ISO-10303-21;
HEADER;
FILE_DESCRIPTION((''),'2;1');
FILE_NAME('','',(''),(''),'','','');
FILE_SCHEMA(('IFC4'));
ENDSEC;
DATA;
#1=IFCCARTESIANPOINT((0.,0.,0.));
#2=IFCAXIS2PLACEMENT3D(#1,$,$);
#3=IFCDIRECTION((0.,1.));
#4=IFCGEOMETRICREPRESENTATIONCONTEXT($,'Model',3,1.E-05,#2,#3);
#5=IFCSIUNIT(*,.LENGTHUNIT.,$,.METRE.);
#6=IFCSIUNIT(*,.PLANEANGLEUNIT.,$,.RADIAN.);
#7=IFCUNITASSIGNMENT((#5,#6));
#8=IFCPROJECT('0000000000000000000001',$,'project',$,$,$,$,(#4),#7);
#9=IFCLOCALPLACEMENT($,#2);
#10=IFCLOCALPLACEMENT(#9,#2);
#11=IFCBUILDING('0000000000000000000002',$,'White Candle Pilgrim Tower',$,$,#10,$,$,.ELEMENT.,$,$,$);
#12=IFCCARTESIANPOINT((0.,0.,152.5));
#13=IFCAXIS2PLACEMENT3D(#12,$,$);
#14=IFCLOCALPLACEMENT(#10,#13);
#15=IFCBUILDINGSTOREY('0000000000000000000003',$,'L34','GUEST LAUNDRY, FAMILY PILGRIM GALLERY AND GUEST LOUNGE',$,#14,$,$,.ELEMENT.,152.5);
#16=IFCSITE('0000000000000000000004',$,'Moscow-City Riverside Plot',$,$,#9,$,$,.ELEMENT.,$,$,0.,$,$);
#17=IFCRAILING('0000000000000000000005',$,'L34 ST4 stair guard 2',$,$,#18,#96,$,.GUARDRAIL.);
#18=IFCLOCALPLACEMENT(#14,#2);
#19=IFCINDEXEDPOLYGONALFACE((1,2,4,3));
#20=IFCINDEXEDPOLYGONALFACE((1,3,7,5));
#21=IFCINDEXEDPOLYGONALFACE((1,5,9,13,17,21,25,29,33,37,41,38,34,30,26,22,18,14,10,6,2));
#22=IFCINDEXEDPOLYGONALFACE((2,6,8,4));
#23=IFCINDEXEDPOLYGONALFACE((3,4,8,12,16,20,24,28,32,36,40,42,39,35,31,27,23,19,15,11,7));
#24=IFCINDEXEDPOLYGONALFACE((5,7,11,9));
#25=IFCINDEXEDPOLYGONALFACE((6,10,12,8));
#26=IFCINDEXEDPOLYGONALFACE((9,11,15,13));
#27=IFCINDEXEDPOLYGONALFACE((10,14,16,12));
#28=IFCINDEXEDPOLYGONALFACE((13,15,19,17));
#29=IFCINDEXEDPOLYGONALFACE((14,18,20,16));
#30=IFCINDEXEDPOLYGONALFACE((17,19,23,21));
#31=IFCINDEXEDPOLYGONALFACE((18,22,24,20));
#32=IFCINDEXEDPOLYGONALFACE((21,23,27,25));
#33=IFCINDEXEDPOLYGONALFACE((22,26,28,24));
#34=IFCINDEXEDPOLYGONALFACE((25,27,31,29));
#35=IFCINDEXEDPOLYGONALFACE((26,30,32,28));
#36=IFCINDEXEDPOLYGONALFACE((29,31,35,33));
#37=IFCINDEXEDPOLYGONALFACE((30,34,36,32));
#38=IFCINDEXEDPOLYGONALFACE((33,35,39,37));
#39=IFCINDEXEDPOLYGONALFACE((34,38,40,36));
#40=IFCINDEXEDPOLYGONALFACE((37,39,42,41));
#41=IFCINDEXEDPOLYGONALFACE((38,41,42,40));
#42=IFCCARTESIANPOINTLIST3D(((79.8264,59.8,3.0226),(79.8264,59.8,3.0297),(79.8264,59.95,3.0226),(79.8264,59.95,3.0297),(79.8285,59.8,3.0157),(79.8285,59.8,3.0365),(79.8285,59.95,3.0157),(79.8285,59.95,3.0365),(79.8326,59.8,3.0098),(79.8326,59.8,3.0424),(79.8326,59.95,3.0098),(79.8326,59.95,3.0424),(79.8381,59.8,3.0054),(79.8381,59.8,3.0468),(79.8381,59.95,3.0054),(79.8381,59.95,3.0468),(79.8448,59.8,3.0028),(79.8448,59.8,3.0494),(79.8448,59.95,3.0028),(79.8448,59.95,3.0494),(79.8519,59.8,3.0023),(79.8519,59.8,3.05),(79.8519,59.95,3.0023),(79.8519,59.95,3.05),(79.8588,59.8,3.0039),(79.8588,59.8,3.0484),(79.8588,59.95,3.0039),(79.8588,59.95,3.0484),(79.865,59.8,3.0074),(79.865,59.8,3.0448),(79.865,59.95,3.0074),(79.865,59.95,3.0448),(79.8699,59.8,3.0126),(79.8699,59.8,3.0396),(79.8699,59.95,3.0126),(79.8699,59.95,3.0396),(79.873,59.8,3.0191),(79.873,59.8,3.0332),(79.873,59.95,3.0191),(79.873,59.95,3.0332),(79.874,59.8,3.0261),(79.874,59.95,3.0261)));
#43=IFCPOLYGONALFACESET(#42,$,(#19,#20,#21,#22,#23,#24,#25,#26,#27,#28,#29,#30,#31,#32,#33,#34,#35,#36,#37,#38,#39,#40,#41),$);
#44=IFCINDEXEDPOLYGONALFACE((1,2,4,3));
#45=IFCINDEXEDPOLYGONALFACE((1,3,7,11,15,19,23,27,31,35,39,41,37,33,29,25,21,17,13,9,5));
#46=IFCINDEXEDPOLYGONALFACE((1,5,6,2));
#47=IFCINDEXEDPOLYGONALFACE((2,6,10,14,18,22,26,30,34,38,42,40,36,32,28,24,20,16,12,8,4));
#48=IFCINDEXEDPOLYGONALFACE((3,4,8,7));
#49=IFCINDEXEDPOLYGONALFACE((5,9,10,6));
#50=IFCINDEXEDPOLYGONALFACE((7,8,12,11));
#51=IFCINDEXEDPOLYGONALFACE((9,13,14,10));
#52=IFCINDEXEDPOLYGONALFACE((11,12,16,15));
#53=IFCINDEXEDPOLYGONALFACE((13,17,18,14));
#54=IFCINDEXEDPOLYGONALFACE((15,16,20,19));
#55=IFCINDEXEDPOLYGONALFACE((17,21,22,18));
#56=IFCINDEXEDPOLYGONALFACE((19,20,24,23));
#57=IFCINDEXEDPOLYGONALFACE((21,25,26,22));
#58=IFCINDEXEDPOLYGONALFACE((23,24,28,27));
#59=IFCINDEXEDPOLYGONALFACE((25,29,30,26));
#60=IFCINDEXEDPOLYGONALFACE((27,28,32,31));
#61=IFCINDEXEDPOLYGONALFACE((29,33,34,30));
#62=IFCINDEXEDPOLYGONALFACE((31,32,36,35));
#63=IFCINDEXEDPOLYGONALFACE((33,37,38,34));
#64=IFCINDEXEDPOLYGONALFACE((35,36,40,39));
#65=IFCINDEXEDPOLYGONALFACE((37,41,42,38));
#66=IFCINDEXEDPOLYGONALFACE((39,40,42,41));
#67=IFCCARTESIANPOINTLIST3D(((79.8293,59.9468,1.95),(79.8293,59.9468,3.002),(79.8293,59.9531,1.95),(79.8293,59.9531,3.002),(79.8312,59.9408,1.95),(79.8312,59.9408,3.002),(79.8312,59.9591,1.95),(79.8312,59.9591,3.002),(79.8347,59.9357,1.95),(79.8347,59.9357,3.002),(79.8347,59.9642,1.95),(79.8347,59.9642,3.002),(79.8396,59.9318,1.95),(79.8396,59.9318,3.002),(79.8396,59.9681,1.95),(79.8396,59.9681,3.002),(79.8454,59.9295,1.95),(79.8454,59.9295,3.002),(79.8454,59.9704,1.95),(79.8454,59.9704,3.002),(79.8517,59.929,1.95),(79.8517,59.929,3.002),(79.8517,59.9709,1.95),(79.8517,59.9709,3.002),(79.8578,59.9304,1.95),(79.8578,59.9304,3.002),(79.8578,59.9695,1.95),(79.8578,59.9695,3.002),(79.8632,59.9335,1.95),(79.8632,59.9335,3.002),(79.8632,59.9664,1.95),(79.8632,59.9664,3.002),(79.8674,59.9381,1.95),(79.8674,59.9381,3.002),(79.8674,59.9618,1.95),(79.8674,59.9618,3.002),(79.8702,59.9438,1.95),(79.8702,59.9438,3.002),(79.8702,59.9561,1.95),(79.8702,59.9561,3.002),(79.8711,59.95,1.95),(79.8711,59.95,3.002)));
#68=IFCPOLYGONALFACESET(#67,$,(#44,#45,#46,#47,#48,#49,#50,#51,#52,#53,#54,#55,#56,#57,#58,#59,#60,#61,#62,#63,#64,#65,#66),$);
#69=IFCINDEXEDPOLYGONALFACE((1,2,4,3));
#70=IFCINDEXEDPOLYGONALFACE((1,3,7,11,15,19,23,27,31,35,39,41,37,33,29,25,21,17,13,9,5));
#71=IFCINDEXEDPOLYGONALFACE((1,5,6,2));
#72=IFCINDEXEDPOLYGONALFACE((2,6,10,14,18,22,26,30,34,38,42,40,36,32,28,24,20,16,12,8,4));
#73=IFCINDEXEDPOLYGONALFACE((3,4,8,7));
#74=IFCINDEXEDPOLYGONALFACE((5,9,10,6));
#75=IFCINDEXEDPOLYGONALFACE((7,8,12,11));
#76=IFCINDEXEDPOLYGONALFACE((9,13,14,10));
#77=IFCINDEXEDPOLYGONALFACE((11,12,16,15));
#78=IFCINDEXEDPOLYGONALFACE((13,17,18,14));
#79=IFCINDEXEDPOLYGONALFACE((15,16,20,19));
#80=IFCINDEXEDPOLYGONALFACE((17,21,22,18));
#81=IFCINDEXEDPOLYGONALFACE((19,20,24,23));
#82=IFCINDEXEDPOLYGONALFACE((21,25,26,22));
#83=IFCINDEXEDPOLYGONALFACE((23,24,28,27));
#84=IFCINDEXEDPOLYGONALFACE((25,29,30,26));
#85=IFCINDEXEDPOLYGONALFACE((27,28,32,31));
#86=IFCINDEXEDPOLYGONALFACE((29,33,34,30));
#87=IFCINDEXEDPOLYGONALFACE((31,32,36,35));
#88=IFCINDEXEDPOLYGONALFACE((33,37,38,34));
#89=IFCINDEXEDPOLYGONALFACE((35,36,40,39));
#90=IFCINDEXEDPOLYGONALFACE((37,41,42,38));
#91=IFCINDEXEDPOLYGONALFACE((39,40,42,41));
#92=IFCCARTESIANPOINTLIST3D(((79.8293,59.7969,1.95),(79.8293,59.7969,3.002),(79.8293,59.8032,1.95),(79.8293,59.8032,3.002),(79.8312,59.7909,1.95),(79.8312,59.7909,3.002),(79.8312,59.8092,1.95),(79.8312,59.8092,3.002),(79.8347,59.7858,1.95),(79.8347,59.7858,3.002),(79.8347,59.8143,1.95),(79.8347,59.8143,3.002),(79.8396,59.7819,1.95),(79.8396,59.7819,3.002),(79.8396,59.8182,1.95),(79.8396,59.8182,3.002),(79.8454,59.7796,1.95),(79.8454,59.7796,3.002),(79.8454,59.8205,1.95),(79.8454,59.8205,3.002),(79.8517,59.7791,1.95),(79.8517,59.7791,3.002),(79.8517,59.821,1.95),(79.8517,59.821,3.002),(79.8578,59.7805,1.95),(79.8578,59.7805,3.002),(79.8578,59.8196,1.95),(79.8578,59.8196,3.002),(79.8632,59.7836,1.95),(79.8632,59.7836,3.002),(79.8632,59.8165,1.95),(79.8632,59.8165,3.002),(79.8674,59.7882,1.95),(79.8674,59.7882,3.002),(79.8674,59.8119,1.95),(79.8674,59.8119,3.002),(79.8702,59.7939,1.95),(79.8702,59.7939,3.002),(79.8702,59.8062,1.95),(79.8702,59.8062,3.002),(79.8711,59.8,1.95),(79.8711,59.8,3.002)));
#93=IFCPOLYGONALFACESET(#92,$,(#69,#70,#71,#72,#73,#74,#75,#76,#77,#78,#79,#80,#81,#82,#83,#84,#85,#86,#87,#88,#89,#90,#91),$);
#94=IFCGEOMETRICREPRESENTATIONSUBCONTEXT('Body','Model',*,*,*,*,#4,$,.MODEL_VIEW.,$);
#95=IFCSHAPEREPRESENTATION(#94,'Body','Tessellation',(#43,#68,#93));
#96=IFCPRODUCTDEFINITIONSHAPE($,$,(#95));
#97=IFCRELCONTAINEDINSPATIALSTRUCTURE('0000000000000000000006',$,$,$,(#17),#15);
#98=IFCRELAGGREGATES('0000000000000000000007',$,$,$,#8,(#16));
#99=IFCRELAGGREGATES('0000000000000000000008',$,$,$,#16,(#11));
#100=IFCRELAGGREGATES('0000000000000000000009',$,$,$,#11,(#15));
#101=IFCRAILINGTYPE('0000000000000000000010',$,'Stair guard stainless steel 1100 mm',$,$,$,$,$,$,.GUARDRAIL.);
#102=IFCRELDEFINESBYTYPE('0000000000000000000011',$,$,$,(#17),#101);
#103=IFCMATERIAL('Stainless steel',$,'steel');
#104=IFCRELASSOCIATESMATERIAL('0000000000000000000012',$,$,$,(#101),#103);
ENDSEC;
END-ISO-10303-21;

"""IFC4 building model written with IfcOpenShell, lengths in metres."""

from ifc_helpers import new_model, si_unit, direction, frame, origin, origin_2d, place, context, subcontext, project, spatial, circle, extrude, material, type_object, element, save


model = new_model("IFC4")

# Units and contexts
model_context = context("Model", 3, precision=1e-05, world=origin(), true_north=direction((0.0, 1.0)))
body_context = subcontext(model_context, "Body", "Model", "MODEL_VIEW")
ifc_project = project(units=[si_unit("LENGTHUNIT", "METRE"), si_unit("PLANEANGLEUNIT", "RADIAN")], contexts=[model_context])

# Site, building, storey
site_placement = place(None, origin())
site = spatial("IfcSite", under=ifc_project, at=site_placement, Name="Moscow-City Riverside Plot", CompositionType="ELEMENT", RefElevation=0.0)
building_placement = place(site_placement, origin())
building = spatial("IfcBuilding", under=site, at=building_placement, Name="White Candle Pilgrim Tower", CompositionType="ELEMENT")
storey_placement = place(building_placement, frame((0.0, 0.0, 152.5)))
storey = spatial("IfcBuildingStorey", under=building, at=storey_placement, Name="L34", Description="GUEST LAUNDRY, FAMILY PILGRIM GALLERY AND GUEST LOUNGE", CompositionType="ELEMENT", Elevation=152.5)

# Railing
ifc_material_1 = material(Name="Stainless steel", Category="steel")
railing_type_1 = type_object("IfcRailingType", Name="Stair guard stainless steel 1100 mm", PredefinedType="GUARDRAIL", material=ifc_material_1)
railing_1_placement = place(storey_placement, frame((79.8501, 59.95, 1.95)))
element("IfcRailing", 1, at=railing_1_placement, inside=storey, type_object=railing_type_1, Name="L34 ST4 stair guard 2", PredefinedType="GUARDRAIL", context=body_context, shape_type="SweptSolid", body=[
    extrude(circle(Radius=0.0239, at=origin_2d()), frame((0.0, 0.0, 1.0762), z_axis=(0.0, -1.0, 0.0), x_axis=(1.0, 0.0, 0.0)), (0.0, 0.0, 1.0), 0.1499),
    extrude(circle(Radius=0.021, at=origin_2d()), origin(), (0.0, 0.0, 1.0), 1.052),
    extrude(circle(Radius=0.021, at=origin_2d()), frame((0.0, -0.1499, 0.0)), (0.0, 0.0, 1.0), 1.052),
])

save(model, "model.ifc")
